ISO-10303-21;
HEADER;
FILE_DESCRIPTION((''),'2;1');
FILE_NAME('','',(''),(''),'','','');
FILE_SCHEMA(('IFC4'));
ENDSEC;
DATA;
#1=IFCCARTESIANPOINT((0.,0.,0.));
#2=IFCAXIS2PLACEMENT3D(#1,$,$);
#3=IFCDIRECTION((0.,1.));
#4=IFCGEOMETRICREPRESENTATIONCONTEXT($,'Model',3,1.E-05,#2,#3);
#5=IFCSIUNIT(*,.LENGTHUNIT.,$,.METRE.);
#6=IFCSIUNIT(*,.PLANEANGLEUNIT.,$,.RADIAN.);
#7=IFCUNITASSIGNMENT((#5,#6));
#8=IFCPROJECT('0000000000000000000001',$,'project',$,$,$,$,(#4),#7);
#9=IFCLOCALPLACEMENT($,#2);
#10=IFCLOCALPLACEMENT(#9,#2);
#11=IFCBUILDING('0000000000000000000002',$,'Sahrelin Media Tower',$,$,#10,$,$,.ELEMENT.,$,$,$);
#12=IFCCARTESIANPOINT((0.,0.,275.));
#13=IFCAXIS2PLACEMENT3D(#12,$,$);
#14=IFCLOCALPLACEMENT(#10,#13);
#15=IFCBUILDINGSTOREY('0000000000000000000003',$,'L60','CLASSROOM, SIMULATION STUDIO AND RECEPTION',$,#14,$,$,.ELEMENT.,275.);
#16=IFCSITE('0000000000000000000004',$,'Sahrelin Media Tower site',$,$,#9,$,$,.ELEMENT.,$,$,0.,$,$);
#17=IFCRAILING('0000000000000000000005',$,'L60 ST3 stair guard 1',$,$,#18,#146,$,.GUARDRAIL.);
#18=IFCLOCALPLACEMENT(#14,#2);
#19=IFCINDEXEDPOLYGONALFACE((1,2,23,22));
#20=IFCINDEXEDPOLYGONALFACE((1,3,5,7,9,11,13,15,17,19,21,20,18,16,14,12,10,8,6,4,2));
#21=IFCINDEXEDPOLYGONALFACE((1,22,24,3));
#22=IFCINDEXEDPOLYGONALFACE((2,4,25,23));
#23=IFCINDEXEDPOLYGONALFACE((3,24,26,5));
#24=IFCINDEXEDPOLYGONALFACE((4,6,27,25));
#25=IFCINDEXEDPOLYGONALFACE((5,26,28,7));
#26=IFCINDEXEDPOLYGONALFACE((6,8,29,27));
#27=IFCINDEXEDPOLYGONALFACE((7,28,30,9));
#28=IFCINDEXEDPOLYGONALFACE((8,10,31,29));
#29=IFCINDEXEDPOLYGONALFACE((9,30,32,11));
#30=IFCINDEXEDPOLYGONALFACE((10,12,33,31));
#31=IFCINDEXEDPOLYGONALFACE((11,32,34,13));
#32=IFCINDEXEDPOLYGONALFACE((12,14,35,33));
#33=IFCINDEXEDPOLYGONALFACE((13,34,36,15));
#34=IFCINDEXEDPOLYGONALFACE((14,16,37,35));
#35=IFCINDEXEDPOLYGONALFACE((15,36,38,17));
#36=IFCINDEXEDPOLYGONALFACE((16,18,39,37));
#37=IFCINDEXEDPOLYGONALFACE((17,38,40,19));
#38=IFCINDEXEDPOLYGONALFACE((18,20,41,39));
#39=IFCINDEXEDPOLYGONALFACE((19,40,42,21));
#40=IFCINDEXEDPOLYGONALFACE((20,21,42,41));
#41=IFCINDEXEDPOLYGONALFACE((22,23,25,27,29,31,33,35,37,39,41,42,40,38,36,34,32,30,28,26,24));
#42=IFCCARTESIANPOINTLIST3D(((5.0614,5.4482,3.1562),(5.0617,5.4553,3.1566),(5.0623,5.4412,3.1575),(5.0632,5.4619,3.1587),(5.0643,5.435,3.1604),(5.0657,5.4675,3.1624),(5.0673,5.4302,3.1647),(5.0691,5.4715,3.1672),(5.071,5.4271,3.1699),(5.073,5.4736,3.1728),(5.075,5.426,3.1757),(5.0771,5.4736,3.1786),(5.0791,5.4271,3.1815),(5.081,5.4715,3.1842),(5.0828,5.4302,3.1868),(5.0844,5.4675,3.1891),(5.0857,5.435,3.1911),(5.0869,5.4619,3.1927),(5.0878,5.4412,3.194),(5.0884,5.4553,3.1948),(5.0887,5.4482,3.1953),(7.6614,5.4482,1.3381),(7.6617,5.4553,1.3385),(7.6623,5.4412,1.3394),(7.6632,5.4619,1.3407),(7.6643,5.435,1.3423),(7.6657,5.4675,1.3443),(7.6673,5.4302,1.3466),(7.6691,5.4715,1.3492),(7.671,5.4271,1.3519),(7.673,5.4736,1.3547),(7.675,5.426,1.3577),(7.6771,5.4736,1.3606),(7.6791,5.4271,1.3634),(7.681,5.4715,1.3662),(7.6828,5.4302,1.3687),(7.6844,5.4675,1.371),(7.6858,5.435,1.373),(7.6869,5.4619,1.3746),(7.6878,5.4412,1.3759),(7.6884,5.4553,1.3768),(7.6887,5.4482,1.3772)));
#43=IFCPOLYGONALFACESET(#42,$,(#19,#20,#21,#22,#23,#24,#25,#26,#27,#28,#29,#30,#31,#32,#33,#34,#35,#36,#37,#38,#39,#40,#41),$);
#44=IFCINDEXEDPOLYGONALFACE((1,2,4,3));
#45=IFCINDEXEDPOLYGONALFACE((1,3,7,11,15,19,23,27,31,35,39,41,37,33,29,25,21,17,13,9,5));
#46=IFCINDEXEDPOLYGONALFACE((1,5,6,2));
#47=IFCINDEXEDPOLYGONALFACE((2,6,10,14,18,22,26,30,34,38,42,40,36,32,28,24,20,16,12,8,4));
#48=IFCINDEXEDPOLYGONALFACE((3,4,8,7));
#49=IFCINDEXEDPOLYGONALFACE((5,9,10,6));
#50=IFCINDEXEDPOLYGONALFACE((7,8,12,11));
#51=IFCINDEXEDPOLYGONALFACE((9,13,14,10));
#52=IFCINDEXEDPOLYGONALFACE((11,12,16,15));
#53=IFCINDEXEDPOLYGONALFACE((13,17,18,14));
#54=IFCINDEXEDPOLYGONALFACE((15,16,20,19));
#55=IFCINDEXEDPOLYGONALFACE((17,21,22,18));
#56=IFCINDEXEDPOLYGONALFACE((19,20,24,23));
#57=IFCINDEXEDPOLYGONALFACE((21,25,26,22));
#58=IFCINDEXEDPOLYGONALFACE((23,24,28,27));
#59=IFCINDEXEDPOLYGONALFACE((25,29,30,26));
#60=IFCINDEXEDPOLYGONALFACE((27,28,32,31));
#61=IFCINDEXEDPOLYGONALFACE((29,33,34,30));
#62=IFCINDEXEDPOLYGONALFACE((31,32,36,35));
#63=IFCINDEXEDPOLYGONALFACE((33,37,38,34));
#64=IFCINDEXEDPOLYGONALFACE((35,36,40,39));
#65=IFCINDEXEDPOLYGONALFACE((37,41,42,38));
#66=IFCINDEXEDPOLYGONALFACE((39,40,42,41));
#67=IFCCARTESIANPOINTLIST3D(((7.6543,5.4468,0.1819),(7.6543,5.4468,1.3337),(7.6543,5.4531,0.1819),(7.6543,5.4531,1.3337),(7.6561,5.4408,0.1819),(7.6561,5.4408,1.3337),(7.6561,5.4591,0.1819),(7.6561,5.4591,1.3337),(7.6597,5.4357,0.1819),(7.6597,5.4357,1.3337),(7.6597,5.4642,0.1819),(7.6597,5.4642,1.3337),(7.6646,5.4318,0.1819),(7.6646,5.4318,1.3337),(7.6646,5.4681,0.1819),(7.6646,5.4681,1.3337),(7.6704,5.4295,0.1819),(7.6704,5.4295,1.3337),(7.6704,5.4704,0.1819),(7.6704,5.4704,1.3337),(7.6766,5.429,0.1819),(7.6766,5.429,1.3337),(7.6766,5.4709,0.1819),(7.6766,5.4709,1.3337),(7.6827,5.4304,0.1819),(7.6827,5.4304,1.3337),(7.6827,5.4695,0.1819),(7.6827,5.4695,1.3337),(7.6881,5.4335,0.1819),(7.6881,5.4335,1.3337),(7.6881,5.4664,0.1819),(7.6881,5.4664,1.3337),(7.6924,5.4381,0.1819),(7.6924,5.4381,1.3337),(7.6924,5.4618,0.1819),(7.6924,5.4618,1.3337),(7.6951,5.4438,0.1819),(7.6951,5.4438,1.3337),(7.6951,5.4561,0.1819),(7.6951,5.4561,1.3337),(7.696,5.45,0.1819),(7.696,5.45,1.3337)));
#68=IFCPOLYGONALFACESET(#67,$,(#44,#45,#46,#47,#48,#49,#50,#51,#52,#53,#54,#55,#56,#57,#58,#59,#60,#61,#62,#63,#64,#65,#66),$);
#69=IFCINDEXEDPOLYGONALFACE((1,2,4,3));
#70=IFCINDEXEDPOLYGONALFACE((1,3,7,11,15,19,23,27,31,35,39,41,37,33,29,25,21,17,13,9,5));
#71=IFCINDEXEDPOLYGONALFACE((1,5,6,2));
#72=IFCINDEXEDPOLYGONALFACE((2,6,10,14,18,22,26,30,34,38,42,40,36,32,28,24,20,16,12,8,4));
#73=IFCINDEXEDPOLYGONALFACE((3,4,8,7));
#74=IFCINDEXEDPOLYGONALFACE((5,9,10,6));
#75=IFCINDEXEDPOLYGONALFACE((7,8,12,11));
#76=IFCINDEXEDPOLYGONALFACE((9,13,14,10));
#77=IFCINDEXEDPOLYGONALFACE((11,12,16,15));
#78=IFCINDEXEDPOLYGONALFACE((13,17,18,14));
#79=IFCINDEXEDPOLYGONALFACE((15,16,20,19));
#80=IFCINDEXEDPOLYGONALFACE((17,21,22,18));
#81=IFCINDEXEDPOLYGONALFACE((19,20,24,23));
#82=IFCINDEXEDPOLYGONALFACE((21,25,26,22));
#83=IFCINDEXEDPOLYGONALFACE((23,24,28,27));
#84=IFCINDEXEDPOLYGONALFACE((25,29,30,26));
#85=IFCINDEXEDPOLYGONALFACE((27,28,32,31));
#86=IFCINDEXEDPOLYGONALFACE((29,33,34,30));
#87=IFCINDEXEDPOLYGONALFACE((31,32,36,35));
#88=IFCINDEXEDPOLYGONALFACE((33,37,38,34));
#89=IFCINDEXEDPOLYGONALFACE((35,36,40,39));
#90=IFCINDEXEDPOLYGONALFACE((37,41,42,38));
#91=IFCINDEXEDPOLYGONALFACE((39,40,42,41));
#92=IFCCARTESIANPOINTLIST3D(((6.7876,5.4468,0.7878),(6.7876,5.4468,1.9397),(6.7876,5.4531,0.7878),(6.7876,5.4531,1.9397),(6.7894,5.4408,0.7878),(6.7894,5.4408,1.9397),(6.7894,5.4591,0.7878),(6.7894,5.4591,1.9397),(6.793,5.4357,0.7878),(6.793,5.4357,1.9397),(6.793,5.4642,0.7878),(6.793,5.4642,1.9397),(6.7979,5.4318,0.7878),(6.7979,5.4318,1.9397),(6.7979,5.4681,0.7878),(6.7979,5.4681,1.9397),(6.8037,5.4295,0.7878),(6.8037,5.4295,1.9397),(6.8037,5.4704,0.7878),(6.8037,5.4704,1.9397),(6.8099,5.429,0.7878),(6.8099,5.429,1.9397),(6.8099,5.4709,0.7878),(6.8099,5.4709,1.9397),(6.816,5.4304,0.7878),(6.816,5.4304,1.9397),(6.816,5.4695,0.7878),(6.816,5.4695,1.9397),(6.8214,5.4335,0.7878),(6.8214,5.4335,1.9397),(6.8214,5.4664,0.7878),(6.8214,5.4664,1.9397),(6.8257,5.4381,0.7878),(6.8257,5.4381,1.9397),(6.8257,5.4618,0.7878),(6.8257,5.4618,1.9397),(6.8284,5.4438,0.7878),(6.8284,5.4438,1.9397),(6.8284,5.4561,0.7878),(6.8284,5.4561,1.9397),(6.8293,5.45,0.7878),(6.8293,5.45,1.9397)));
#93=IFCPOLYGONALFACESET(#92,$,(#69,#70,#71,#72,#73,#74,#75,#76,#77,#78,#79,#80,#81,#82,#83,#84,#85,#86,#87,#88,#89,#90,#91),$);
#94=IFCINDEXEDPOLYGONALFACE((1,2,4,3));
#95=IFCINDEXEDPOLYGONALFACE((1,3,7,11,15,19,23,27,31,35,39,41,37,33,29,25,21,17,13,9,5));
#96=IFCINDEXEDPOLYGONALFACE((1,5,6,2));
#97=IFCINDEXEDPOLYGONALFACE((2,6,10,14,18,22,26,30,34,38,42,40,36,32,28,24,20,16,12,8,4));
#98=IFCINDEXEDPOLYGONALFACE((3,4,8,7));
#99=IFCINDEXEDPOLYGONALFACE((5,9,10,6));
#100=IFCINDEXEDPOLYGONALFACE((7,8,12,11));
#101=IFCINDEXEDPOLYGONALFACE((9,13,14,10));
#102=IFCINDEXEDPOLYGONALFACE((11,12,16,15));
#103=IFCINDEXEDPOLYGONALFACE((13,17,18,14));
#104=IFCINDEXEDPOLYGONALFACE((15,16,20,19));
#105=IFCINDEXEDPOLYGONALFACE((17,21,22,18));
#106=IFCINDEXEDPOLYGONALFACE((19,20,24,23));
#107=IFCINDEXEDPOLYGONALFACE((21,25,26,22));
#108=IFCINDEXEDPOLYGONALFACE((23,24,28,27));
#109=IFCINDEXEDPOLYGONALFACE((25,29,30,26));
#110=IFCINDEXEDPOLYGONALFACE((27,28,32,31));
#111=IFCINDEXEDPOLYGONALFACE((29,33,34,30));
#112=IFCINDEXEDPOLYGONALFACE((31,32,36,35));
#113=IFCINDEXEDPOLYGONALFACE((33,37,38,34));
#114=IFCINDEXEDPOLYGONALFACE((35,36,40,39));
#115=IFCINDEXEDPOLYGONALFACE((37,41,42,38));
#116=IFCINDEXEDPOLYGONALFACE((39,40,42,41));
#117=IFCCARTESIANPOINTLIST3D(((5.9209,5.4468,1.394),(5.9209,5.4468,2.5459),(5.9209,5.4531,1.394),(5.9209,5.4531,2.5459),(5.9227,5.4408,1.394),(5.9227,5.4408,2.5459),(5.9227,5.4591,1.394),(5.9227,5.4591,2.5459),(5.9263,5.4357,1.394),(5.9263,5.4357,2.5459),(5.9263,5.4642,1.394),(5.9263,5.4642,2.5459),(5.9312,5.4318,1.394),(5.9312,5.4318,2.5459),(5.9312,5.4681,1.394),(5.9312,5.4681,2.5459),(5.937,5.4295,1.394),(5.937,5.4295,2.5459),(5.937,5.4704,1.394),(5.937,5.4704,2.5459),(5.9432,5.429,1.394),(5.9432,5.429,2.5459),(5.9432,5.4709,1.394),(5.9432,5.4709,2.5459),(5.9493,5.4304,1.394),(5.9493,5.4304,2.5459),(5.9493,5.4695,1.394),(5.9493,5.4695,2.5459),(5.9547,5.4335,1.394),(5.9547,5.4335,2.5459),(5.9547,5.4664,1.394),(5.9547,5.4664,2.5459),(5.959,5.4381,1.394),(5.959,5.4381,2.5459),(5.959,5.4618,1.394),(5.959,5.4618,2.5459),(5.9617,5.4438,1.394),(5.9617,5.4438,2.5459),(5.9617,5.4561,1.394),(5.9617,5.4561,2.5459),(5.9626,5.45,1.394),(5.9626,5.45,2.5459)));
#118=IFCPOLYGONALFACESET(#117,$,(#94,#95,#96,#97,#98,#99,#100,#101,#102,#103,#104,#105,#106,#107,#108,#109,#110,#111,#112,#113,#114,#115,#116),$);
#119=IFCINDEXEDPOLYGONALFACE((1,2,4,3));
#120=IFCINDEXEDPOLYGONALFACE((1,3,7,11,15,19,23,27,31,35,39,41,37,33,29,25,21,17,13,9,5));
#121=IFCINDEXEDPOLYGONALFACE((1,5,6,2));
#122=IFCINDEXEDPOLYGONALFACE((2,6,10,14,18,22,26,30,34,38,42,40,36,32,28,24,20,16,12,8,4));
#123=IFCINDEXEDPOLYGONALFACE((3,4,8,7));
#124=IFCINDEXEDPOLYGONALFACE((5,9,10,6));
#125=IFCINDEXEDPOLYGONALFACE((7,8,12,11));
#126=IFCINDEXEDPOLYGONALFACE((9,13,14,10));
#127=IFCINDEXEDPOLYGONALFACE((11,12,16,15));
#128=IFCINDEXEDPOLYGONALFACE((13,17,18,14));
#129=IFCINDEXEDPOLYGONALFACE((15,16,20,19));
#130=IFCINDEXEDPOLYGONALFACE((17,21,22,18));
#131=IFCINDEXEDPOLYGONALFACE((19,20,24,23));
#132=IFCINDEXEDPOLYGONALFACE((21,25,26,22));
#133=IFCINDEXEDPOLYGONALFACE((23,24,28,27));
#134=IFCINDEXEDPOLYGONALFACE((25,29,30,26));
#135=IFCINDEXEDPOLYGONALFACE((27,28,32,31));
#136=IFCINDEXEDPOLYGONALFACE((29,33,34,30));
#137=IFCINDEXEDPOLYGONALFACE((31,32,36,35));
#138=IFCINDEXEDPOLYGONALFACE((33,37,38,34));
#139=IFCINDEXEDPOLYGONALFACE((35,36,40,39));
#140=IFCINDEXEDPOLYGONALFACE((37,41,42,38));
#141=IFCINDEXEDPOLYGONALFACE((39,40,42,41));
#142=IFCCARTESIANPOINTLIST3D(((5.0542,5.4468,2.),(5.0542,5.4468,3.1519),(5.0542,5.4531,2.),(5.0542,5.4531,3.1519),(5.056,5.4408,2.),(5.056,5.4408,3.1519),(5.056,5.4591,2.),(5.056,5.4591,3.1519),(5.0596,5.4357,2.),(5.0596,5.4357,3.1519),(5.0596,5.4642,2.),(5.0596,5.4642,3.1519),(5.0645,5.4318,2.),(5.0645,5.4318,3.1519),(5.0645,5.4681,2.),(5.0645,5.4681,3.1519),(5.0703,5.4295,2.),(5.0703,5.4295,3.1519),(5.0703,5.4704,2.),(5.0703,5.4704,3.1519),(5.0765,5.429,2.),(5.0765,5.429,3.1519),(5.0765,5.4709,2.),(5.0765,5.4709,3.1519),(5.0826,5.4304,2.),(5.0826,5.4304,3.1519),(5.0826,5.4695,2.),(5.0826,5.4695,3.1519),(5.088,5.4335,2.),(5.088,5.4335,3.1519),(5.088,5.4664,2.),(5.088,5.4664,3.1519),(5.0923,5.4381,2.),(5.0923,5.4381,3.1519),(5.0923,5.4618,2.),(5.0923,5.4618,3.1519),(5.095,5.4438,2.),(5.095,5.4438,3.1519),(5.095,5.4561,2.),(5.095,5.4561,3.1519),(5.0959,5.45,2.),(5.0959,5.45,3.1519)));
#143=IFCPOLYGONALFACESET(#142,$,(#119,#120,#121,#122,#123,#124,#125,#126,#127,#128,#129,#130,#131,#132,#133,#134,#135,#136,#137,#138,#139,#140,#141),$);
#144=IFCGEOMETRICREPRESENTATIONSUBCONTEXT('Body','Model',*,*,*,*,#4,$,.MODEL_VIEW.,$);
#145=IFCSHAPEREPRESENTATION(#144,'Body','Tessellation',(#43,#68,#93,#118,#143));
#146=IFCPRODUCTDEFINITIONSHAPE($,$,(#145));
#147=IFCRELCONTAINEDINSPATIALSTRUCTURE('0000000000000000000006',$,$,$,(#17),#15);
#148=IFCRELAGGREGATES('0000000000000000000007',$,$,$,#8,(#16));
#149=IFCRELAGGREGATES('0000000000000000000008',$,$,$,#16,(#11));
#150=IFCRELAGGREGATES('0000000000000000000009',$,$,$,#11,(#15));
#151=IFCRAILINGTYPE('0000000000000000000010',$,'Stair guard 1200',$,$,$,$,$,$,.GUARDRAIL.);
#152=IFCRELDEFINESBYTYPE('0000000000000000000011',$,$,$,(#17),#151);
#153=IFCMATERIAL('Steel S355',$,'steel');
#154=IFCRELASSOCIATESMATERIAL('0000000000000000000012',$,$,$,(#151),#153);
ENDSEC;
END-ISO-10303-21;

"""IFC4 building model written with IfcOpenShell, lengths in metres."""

from ifc_helpers import new_model, si_unit, direction, frame, origin, origin_2d, place, context, subcontext, project, spatial, circle, extrude, material, type_object, element, save


model = new_model("IFC4")

# Units and contexts
model_context = context("Model", 3, precision=1e-05, world=origin(), true_north=direction((0.0, 1.0)))
body_context = subcontext(model_context, "Body", "Model", "MODEL_VIEW")
ifc_project = project(units=[si_unit("LENGTHUNIT", "METRE"), si_unit("PLANEANGLEUNIT", "RADIAN")], contexts=[model_context])

# Site, building, storey
site_placement = place(None, origin())
site = spatial("IfcSite", under=ifc_project, at=site_placement, Name="Sahrelin Media Tower site", CompositionType="ELEMENT", RefElevation=0.0)
building_placement = place(site_placement, origin())
building = spatial("IfcBuilding", under=site, at=building_placement, Name="Sahrelin Media Tower", CompositionType="ELEMENT")
storey_placement = place(building_placement, frame((0.0, 0.0, 275.0)))
storey = spatial("IfcBuildingStorey", under=building, at=storey_placement, Name="L60", Description="CLASSROOM, SIMULATION STUDIO AND RECEPTION", CompositionType="ELEMENT", Elevation=275.0)

# Shared definitions
ifc_material_1 = material(Name="Steel S355", Category="steel")

# Railing
railing_type_1 = type_object("IfcRailingType", Name="Stair guard 1200", PredefinedType="GUARDRAIL", material=ifc_material_1)
railing_1_placement = place(storey_placement, frame((7.675, 5.45, 0.1819)))
element("IfcRailing", 1, at=railing_1_placement, inside=storey, type_object=railing_type_1, Name="L60 ST3 stair guard 1", PredefinedType="GUARDRAIL", context=body_context, shape_type="SweptSolid", body=[
    extrude(circle(Radius=0.0239, at=origin_2d()), frame((0.0, 0.0, 1.1758), z_axis=(-0.819521, 0.0, 0.573049), x_axis=(0.0, -1.0, 0.0)), (0.0, 0.0, 1.0), 3.1726),
    extrude(circle(Radius=0.021, at=origin_2d()), origin(), (0.0, 0.0, 1.0), 1.1519),
    extrude(circle(Radius=0.021, at=origin_2d()), frame((-0.8667, 0.0, 0.606)), (0.0, 0.0, 1.0), 1.1519),
    extrude(circle(Radius=0.021, at=origin_2d()), frame((-1.7334, 0.0, 1.2122)), (0.0, 0.0, 1.0), 1.1519),
    extrude(circle(Radius=0.021, at=origin_2d()), frame((-2.6001, 0.0, 1.8181)), (0.0, 0.0, 1.0), 1.1519),
])

save(model, "model.ifc")
